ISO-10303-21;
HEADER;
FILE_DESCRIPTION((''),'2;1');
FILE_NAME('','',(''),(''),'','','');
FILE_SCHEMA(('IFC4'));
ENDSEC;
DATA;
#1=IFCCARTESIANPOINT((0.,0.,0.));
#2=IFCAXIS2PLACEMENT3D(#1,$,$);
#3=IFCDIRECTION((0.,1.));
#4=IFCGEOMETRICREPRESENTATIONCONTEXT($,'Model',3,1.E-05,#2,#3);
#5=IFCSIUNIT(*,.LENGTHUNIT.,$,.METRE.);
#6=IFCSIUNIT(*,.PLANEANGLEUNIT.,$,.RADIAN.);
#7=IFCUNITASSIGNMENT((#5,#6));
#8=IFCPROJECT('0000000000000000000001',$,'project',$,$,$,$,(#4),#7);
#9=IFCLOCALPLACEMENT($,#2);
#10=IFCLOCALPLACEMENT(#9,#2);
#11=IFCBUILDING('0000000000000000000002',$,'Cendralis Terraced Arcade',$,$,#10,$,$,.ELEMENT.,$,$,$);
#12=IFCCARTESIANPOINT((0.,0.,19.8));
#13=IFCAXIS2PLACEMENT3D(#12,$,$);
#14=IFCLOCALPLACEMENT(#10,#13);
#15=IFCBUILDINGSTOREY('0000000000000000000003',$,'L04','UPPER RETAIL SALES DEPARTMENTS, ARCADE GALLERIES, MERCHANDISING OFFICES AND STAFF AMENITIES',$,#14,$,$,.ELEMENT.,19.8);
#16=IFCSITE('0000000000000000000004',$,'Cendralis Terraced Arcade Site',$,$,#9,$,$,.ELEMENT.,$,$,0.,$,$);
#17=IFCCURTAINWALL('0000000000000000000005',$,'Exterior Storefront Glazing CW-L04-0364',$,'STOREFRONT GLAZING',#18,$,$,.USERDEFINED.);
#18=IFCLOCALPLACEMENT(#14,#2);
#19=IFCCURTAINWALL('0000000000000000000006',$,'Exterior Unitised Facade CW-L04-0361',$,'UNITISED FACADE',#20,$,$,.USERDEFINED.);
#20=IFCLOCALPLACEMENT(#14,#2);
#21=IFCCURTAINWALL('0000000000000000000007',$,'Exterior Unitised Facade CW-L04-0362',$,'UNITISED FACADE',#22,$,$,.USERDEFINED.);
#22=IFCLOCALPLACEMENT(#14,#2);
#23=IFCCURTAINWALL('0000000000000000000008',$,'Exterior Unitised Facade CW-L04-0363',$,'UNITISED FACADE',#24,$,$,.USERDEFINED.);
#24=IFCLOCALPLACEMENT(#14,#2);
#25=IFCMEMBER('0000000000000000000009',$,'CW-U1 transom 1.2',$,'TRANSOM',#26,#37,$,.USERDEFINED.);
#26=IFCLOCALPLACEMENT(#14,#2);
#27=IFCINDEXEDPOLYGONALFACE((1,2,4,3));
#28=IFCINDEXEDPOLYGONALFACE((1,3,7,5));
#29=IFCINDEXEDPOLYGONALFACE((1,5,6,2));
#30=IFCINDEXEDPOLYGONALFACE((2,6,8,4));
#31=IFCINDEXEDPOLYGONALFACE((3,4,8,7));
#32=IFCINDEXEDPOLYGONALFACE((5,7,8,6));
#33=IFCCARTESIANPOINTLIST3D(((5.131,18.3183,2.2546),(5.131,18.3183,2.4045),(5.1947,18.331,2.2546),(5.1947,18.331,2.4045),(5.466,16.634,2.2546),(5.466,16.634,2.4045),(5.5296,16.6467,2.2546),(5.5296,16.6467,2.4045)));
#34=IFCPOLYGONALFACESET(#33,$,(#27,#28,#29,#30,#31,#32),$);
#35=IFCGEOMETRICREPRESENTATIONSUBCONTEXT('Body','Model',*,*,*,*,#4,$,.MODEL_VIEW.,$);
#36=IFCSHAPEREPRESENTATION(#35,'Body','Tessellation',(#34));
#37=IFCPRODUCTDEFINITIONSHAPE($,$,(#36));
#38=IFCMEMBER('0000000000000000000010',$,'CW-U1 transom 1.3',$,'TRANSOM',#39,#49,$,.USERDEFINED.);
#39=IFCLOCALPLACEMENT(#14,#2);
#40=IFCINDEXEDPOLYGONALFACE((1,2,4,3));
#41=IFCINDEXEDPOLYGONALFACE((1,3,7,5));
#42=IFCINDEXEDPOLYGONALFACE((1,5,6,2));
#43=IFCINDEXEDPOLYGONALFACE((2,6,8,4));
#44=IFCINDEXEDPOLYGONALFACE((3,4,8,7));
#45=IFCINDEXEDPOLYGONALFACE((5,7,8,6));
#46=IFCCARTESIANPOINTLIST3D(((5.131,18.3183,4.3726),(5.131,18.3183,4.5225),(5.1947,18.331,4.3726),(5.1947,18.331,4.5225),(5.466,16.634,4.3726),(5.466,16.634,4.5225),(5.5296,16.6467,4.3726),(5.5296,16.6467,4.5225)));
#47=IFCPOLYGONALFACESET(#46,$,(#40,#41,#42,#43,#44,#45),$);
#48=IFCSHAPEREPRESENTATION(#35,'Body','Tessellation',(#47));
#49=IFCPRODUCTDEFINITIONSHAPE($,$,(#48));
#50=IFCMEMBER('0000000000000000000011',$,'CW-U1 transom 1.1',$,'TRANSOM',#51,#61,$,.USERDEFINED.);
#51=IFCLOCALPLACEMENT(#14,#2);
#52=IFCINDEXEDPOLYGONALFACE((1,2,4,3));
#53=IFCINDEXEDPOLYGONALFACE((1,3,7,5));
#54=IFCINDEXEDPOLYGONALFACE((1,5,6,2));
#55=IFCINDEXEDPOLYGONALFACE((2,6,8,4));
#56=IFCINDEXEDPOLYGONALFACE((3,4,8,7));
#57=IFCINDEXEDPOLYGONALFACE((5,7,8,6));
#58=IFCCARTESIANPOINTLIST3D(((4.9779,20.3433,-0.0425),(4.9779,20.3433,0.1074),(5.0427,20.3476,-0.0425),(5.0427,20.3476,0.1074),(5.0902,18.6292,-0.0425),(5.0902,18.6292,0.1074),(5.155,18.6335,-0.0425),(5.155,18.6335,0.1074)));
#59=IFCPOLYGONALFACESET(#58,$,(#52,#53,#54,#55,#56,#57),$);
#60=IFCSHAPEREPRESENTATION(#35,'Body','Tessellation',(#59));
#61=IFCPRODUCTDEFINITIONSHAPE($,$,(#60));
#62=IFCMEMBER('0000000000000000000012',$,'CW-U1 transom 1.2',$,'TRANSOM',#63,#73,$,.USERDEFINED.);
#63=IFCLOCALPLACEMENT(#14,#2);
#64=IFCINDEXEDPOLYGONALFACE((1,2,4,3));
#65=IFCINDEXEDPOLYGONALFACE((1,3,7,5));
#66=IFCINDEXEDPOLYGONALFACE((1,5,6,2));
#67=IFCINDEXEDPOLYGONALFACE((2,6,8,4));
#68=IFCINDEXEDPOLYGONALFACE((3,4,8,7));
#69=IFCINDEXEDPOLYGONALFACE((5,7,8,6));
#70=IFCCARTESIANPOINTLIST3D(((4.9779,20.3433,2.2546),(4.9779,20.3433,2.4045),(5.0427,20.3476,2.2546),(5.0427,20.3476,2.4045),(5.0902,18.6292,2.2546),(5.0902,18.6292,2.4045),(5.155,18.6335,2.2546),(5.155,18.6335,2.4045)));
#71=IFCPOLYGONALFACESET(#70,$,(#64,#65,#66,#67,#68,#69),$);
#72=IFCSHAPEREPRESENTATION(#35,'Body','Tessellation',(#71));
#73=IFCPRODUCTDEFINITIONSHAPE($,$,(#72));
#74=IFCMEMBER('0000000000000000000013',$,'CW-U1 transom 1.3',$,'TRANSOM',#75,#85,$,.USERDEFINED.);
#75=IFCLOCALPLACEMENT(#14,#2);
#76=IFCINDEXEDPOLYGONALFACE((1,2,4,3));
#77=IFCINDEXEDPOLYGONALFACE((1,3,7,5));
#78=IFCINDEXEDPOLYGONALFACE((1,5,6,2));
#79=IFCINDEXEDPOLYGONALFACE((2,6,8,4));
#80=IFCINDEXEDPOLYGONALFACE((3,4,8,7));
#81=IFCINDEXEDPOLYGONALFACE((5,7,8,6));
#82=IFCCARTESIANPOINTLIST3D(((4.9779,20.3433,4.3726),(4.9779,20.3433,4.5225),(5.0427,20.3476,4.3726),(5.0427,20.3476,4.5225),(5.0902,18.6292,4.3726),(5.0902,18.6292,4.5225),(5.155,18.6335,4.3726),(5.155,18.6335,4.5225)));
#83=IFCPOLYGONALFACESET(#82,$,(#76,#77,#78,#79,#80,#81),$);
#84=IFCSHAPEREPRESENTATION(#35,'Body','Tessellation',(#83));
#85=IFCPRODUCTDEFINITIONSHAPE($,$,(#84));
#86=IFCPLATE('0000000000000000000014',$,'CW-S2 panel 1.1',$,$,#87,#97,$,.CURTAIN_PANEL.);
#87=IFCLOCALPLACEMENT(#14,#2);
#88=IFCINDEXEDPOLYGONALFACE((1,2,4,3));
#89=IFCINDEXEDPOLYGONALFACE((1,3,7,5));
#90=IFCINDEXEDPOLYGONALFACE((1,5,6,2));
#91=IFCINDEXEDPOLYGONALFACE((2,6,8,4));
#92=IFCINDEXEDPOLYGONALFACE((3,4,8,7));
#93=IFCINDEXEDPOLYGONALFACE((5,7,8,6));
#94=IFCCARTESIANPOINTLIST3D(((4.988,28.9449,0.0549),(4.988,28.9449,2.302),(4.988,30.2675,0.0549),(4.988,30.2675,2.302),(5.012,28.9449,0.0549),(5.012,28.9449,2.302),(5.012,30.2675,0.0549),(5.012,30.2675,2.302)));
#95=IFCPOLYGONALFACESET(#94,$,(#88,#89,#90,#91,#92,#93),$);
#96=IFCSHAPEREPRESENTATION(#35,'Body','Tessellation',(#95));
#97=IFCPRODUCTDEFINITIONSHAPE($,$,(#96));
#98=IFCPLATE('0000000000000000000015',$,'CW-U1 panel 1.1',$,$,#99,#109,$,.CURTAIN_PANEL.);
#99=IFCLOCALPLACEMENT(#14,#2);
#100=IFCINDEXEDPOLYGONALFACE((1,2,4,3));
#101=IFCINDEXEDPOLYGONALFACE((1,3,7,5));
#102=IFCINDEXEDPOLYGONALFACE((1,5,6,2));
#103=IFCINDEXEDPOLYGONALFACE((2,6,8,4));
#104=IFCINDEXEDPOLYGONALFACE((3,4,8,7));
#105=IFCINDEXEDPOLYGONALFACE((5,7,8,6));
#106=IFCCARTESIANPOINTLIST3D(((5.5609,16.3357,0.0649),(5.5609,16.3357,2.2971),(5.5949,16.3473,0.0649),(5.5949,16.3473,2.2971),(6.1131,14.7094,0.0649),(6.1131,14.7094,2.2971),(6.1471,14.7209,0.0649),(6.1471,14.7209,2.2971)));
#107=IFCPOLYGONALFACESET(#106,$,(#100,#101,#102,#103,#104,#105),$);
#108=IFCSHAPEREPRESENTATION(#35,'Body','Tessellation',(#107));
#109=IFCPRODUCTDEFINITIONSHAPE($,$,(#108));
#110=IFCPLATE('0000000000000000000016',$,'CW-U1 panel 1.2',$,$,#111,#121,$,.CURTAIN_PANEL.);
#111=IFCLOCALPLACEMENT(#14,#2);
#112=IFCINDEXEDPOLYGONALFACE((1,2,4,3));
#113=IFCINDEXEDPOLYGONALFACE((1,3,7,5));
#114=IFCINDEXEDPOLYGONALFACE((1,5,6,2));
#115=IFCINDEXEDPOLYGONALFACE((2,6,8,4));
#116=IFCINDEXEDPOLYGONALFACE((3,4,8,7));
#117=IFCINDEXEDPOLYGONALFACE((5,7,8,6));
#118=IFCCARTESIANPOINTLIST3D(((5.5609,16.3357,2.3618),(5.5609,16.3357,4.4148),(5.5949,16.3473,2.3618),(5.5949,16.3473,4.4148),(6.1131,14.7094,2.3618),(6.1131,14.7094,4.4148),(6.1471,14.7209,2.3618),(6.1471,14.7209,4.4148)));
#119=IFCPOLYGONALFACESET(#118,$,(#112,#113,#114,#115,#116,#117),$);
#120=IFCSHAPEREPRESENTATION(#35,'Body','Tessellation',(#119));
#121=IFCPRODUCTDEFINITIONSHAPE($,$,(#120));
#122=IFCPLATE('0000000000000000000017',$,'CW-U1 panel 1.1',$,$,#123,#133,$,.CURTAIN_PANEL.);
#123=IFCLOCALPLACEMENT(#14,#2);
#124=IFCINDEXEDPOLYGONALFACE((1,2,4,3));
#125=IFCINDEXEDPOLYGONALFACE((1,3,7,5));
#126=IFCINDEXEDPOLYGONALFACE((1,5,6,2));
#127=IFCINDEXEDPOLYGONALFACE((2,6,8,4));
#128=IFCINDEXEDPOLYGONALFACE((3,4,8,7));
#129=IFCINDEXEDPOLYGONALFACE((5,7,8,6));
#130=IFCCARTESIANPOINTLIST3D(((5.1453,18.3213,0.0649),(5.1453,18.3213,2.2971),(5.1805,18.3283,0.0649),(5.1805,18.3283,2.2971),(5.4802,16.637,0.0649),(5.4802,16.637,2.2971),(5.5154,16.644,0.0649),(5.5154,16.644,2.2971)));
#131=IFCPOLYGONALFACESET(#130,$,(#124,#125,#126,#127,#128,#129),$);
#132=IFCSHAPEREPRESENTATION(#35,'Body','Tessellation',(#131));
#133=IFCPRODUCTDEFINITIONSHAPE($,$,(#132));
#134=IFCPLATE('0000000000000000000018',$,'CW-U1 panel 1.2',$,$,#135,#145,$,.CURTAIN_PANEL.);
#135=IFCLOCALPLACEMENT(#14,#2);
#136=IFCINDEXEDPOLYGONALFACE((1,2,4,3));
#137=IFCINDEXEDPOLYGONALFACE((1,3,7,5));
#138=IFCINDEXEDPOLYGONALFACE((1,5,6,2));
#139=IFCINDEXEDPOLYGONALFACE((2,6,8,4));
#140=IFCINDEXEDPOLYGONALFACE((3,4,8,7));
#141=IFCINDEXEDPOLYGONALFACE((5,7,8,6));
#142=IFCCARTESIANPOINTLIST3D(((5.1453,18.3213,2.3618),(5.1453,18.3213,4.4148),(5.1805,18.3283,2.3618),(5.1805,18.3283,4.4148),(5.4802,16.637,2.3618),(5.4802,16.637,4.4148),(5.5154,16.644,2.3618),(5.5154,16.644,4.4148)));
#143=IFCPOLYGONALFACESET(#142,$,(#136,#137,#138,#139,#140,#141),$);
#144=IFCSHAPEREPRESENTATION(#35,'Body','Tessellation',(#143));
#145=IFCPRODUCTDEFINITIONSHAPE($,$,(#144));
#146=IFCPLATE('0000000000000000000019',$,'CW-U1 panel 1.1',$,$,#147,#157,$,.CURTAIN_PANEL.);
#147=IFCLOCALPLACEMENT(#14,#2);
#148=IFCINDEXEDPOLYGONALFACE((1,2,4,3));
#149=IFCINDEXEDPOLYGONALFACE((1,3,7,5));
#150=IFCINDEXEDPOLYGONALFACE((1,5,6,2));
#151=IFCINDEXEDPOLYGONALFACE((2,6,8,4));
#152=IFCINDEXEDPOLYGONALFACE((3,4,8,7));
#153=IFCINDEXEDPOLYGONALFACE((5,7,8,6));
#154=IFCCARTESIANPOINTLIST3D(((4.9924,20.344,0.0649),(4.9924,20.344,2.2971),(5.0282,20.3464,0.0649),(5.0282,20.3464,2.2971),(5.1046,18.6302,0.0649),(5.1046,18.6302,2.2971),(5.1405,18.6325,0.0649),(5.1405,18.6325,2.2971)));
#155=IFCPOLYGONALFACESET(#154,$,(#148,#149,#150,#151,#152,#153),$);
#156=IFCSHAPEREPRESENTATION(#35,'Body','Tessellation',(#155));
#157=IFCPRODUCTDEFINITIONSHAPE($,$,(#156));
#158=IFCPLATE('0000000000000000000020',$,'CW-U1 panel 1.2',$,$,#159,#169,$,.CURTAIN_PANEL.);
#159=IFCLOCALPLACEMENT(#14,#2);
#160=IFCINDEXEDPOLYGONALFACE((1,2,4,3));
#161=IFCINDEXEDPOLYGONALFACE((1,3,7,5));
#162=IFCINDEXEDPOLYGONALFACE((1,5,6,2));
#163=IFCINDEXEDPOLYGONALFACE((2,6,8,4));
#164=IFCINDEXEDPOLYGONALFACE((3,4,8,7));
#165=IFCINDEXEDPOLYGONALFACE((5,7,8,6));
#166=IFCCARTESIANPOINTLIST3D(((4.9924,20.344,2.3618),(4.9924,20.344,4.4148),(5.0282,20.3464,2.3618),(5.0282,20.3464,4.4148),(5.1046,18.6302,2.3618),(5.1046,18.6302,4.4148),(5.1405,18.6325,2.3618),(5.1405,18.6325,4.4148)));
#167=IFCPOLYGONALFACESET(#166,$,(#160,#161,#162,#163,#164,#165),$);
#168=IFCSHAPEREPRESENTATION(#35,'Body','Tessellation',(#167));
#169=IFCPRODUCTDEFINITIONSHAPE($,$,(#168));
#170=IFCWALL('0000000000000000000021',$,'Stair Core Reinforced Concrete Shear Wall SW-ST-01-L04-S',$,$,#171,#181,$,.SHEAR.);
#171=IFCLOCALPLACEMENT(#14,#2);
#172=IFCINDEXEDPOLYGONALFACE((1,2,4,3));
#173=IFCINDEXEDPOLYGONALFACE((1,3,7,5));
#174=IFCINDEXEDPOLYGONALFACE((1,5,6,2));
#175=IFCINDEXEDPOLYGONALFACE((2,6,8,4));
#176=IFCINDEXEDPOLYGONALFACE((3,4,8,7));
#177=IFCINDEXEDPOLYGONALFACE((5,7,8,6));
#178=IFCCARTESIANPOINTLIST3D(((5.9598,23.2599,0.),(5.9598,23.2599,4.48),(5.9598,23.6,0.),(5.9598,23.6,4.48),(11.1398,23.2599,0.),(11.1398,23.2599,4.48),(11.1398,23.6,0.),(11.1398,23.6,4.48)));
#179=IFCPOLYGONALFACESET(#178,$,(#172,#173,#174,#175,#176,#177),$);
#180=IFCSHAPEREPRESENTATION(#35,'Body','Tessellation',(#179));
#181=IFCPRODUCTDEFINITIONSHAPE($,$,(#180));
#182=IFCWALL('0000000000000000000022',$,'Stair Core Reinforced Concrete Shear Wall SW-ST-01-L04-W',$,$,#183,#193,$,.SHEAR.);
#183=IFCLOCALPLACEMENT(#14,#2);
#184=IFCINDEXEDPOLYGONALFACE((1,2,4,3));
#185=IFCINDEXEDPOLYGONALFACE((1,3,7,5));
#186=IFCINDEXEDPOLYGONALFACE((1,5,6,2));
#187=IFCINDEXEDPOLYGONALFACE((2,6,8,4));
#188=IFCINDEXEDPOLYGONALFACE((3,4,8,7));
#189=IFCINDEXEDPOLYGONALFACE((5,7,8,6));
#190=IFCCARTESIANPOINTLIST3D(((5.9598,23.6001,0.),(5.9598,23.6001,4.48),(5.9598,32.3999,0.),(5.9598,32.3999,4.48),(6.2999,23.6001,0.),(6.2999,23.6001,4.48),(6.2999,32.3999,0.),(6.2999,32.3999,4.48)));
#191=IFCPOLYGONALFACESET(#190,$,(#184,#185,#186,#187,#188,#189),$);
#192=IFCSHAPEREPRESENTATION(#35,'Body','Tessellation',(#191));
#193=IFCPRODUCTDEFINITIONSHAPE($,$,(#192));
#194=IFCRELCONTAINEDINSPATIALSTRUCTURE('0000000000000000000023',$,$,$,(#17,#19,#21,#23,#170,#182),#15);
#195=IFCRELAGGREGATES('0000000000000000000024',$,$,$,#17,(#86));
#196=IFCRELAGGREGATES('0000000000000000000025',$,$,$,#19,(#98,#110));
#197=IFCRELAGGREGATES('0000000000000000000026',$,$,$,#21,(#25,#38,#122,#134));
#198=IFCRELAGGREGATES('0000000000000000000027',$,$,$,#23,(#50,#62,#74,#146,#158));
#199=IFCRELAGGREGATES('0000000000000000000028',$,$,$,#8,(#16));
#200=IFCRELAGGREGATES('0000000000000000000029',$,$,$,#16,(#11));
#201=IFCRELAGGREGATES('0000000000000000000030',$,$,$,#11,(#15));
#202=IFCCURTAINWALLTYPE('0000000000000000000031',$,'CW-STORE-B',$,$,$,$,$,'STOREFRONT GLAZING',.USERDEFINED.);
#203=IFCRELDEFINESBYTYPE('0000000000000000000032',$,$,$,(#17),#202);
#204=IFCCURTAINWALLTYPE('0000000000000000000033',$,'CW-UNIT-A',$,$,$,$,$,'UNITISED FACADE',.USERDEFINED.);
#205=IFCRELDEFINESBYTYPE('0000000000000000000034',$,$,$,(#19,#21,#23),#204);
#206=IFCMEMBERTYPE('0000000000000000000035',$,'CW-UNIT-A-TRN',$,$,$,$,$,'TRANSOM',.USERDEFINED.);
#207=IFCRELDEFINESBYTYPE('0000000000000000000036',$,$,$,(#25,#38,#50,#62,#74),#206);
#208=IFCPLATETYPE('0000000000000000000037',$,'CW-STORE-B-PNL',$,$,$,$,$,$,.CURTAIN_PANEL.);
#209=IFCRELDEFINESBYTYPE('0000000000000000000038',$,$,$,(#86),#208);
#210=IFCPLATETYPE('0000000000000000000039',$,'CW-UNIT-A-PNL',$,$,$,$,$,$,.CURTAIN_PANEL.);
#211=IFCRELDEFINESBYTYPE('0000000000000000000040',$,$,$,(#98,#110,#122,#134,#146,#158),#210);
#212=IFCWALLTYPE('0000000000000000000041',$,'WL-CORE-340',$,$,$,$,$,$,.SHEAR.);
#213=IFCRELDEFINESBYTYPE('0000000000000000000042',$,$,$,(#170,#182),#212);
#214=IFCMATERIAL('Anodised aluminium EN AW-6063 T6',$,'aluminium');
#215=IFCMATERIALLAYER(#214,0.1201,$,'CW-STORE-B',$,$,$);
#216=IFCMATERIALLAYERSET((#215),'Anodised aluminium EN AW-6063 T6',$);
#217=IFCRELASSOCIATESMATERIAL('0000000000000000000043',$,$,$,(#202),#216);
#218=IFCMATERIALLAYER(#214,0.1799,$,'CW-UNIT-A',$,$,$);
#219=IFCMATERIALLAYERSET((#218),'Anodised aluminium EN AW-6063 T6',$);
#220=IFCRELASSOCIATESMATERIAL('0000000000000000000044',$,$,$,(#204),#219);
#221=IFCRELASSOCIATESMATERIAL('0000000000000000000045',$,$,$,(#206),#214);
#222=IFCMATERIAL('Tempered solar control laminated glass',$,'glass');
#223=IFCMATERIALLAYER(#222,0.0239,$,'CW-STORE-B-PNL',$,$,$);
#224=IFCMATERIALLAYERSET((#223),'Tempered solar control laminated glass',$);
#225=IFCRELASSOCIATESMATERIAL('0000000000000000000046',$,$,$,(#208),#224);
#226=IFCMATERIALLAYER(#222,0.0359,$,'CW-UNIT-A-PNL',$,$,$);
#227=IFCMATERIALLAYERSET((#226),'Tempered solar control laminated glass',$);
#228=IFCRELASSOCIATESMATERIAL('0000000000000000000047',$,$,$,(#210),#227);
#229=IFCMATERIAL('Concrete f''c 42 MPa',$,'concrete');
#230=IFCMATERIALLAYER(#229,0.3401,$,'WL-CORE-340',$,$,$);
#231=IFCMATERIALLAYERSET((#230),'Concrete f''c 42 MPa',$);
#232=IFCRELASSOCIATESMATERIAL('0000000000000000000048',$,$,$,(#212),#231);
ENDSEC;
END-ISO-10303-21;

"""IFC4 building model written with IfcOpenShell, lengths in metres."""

from ifc_helpers import new_model, si_unit, direction, frame, frame_2d, origin, origin_2d, place, context, subcontext, project, spatial, rectangle, extrude, material, layer, layer_set, material_profile, profile_set, type_object, element, aggregate, save


model = new_model("IFC4")

# Units and contexts
model_context = context("Model", 3, precision=1e-05, world=origin(), true_north=direction((0.0, 1.0)))
body_context = subcontext(model_context, "Body", "Model", "MODEL_VIEW")
ifc_project = project(units=[si_unit("LENGTHUNIT", "METRE"), si_unit("PLANEANGLEUNIT", "RADIAN")], contexts=[model_context])

# Site, building, storey
site_placement = place(None, origin())
site = spatial("IfcSite", under=ifc_project, at=site_placement, Name="Cendralis Terraced Arcade Site", CompositionType="ELEMENT", RefElevation=0.0)
building_placement = place(site_placement, origin())
building = spatial("IfcBuilding", under=site, at=building_placement, Name="Cendralis Terraced Arcade", CompositionType="ELEMENT")
storey_placement = place(building_placement, frame((0.0, 0.0, 19.8)))
storey = spatial("IfcBuildingStorey", under=building, at=storey_placement, Name="L04", Description="UPPER RETAIL SALES DEPARTMENTS, ARCADE GALLERIES, MERCHANDISING OFFICES AND STAFF AMENITIES", CompositionType="ELEMENT", Elevation=19.8)

# Curtain walls
ifc_material_1 = material(Name="Anodised aluminium EN AW-6063 T6", Category="aluminium")
ifc_layer_1 = layer(ifc_material_1, 0.1201, Name="CW-STORE-B")
ifc_layer_set_1 = layer_set([ifc_layer_1], Name="Anodised aluminium EN AW-6063 T6")
curtain_wall_type_1 = type_object("IfcCurtainWallType", Name="CW-STORE-B", ElementType="STOREFRONT GLAZING", PredefinedType="USERDEFINED", material=ifc_layer_set_1)
curtain_wall_1_placement = place(storey_placement, origin())
curtain_wall_1 = element("IfcCurtainWall", 1, at=curtain_wall_1_placement, inside=storey, type_object=curtain_wall_type_1, Name="Exterior Storefront Glazing CW-L04-0364", ObjectType="STOREFRONT GLAZING", PredefinedType="USERDEFINED")
ifc_layer_2 = layer(ifc_material_1, 0.1799, Name="CW-UNIT-A")
ifc_layer_set_2 = layer_set([ifc_layer_2], Name="Anodised aluminium EN AW-6063 T6")
curtain_wall_type_2 = type_object("IfcCurtainWallType", Name="CW-UNIT-A", ElementType="UNITISED FACADE", PredefinedType="USERDEFINED", material=ifc_layer_set_2)
curtain_wall_2_placement = place(storey_placement, origin())
curtain_wall_2 = element("IfcCurtainWall", 2, at=curtain_wall_2_placement, inside=storey, type_object=curtain_wall_type_2, Name="Exterior Unitised Facade CW-L04-0361", ObjectType="UNITISED FACADE", PredefinedType="USERDEFINED")
curtain_wall_3_placement = place(storey_placement, origin())
curtain_wall_3 = element("IfcCurtainWall", 3, at=curtain_wall_3_placement, inside=storey, type_object=curtain_wall_type_2, Name="Exterior Unitised Facade CW-L04-0362", ObjectType="UNITISED FACADE", PredefinedType="USERDEFINED")
curtain_wall_4_placement = place(storey_placement, origin())
curtain_wall_4 = element("IfcCurtainWall", 4, at=curtain_wall_4_placement, inside=storey, type_object=curtain_wall_type_2, Name="Exterior Unitised Facade CW-L04-0363", ObjectType="UNITISED FACADE", PredefinedType="USERDEFINED")

# Members
ifc_material_profile_1 = material_profile(ifc_material_1, rectangle(XDim=0.0649, YDim=0.1499, at=origin_2d()), Name="ALU-TRN-65x150")
ifc_profile_set_1 = profile_set([ifc_material_profile_1], Name="Anodised aluminium EN AW-6063 T6")
member_type_1 = type_object("IfcMemberType", Name="CW-UNIT-A-TRN", ElementType="TRANSOM", PredefinedType="USERDEFINED", material=ifc_profile_set_1)
member_1_placement = place(storey_placement, frame((5.4978, 16.6404, 2.3296), z_axis=(-0.19505, 0.980793, 0.0), x_axis=(-0.980793, -0.19505, 0.0)))
member_1 = element("IfcMember", 5, at=member_1_placement, type_object=member_type_1, Name="CW-U1 transom 1.2", ObjectType="TRANSOM", PredefinedType="USERDEFINED", context=body_context, shape_type="SweptSolid", body=[
    extrude(rectangle(XDim=0.0649, YDim=0.1499, at=origin_2d()), origin(), (0.0, 0.0, 1.0), 1.7173),
])
member_2_placement = place(storey_placement, frame((5.4978, 16.6404, 4.4475), z_axis=(-0.19505, 0.980793, 0.0), x_axis=(-0.980793, -0.19505, 0.0)))
member_2 = element("IfcMember", 6, at=member_2_placement, type_object=member_type_1, Name="CW-U1 transom 1.3", ObjectType="TRANSOM", PredefinedType="USERDEFINED", context=body_context, shape_type="SweptSolid", body=[
    extrude(rectangle(XDim=0.0649, YDim=0.1499, at=origin_2d()), origin(), (0.0, 0.0, 1.0), 1.7173),
])
member_3_placement = place(storey_placement, frame((5.1226, 18.6313, 0.0325), z_axis=(-0.065378, 0.997861, 0.0), x_axis=(-0.997861, -0.065378, 0.0)))
member_3 = element("IfcMember", 7, at=member_3_placement, type_object=member_type_1, Name="CW-U1 transom 1.1", ObjectType="TRANSOM", PredefinedType="USERDEFINED", context=body_context, shape_type="SweptSolid", body=[
    extrude(rectangle(XDim=0.0649, YDim=0.1499, at=origin_2d()), origin(), (0.0, 0.0, 1.0), 1.7178),
])
member_4_placement = place(storey_placement, frame((5.1226, 18.6313, 2.3296), z_axis=(-0.065378, 0.997861, 0.0), x_axis=(-0.997861, -0.065378, 0.0)))
member_4 = element("IfcMember", 8, at=member_4_placement, type_object=member_type_1, Name="CW-U1 transom 1.2", ObjectType="TRANSOM", PredefinedType="USERDEFINED", context=body_context, shape_type="SweptSolid", body=[
    extrude(rectangle(XDim=0.0649, YDim=0.1499, at=origin_2d()), origin(), (0.0, 0.0, 1.0), 1.7178),
])
member_5_placement = place(storey_placement, frame((5.1226, 18.6313, 4.4475), z_axis=(-0.065378, 0.997861, 0.0), x_axis=(-0.997861, -0.065378, 0.0)))
member_5 = element("IfcMember", 9, at=member_5_placement, type_object=member_type_1, Name="CW-U1 transom 1.3", ObjectType="TRANSOM", PredefinedType="USERDEFINED", context=body_context, shape_type="SweptSolid", body=[
    extrude(rectangle(XDim=0.0649, YDim=0.1499, at=origin_2d()), origin(), (0.0, 0.0, 1.0), 1.7178),
])

# Plates
ifc_material_2 = material(Name="Tempered solar control laminated glass", Category="glass")
ifc_layer_3 = layer(ifc_material_2, 0.0239, Name="CW-STORE-B-PNL")
ifc_layer_set_3 = layer_set([ifc_layer_3], Name="Tempered solar control laminated glass")
plate_type_1 = type_object("IfcPlateType", Name="CW-STORE-B-PNL", PredefinedType="CURTAIN_PANEL", material=ifc_layer_set_3)
plate_1_placement = place(storey_placement, frame((5.0, 29.6062, 0.0549), z_axis=(0.0, 0.0, 1.0), x_axis=(0.0, 1.0, 0.0)))
plate_1 = element("IfcPlate", 10, at=plate_1_placement, type_object=plate_type_1, Name="CW-S2 panel 1.1", PredefinedType="CURTAIN_PANEL", context=body_context, shape_type="SweptSolid", body=[
    extrude(rectangle(XDim=1.3225, YDim=0.0239, at=origin_2d()), origin(), (0.0, 0.0, 1.0), 2.2471),
])
aggregate(curtain_wall_1, [plate_1])
ifc_layer_4 = layer(ifc_material_2, 0.0359, Name="CW-UNIT-A-PNL")
ifc_layer_set_4 = layer_set([ifc_layer_4], Name="Tempered solar control laminated glass")
plate_type_2 = type_object("IfcPlateType", Name="CW-UNIT-A-PNL", PredefinedType="CURTAIN_PANEL", material=ifc_layer_set_4)
plate_2_placement = place(storey_placement, frame((5.854, 15.5283, 0.0649), z_axis=(0.0, 0.0, 1.0), x_axis=(-0.3215, 0.94691, 0.0)))
plate_2 = element("IfcPlate", 11, at=plate_2_placement, type_object=plate_type_2, Name="CW-U1 panel 1.1", PredefinedType="CURTAIN_PANEL", context=body_context, shape_type="SweptSolid", body=[
    extrude(rectangle(XDim=1.7175, YDim=0.0359, at=origin_2d()), origin(), (0.0, 0.0, 1.0), 2.2322),
])
plate_3_placement = place(storey_placement, frame((5.854, 15.5283, 2.3618), z_axis=(0.0, 0.0, 1.0), x_axis=(-0.3215, 0.94691, 0.0)))
plate_3 = element("IfcPlate", 12, at=plate_3_placement, type_object=plate_type_2, Name="CW-U1 panel 1.2", PredefinedType="CURTAIN_PANEL", context=body_context, shape_type="SweptSolid", body=[
    extrude(rectangle(XDim=1.7175, YDim=0.0359, at=origin_2d()), origin(), (0.0, 0.0, 1.0), 2.053),
])
aggregate(curtain_wall_2, [plate_2, plate_3])
plate_4_placement = place(storey_placement, frame((5.3303, 17.4827, 0.0649), z_axis=(0.0, 0.0, 1.0), x_axis=(-0.195033, 0.980797, 0.0)))
plate_4 = element("IfcPlate", 13, at=plate_4_placement, type_object=plate_type_2, Name="CW-U1 panel 1.1", PredefinedType="CURTAIN_PANEL", context=body_context, shape_type="SweptSolid", body=[
    extrude(rectangle(XDim=1.7173, YDim=0.0359, at=origin_2d()), origin(), (0.0, 0.0, 1.0), 2.2322),
])
plate_5_placement = place(storey_placement, frame((5.3303, 17.4827, 2.3618), z_axis=(0.0, 0.0, 1.0), x_axis=(-0.195033, 0.980797, 0.0)))
plate_5 = element("IfcPlate", 14, at=plate_5_placement, type_object=plate_type_2, Name="CW-U1 panel 1.2", PredefinedType="CURTAIN_PANEL", context=body_context, shape_type="SweptSolid", body=[
    extrude(rectangle(XDim=1.7173, YDim=0.0359, at=origin_2d()), origin(), (0.0, 0.0, 1.0), 2.053),
])
aggregate(curtain_wall_3, [member_1, member_2, plate_4, plate_5])
plate_6_placement = place(storey_placement, frame((5.0664, 19.4883, 0.0649), z_axis=(0.0, 0.0, 1.0), x_axis=(-0.065384, 0.99786, 0.0)))
plate_6 = element("IfcPlate", 15, at=plate_6_placement, type_object=plate_type_2, Name="CW-U1 panel 1.1", PredefinedType="CURTAIN_PANEL", context=body_context, shape_type="SweptSolid", body=[
    extrude(rectangle(XDim=1.7175, YDim=0.0359, at=origin_2d()), origin(), (0.0, 0.0, 1.0), 2.2322),
])
plate_7_placement = place(storey_placement, frame((5.0664, 19.4883, 2.3618), z_axis=(0.0, 0.0, 1.0), x_axis=(-0.065384, 0.99786, 0.0)))
plate_7 = element("IfcPlate", 16, at=plate_7_placement, type_object=plate_type_2, Name="CW-U1 panel 1.2", PredefinedType="CURTAIN_PANEL", context=body_context, shape_type="SweptSolid", body=[
    extrude(rectangle(XDim=1.7175, YDim=0.0359, at=origin_2d()), origin(), (0.0, 0.0, 1.0), 2.053),
])
aggregate(curtain_wall_4, [member_3, member_4, member_5, plate_6, plate_7])

# Walls
ifc_material_3 = material(Name="Concrete f'c 42 MPa", Category="concrete")
ifc_layer_5 = layer(ifc_material_3, 0.3401, Name="WL-CORE-340")
ifc_layer_set_5 = layer_set([ifc_layer_5], Name="Concrete f'c 42 MPa")
wall_type_1 = type_object("IfcWallType", Name="WL-CORE-340", PredefinedType="SHEAR", material=ifc_layer_set_5)
wall_1_placement = place(storey_placement, frame((5.96, 23.4299, 0.0), z_axis=(0.0, 0.0, 1.0), x_axis=(1.0, 0.0, 0.0)))
element("IfcWall", 17, at=wall_1_placement, inside=storey, type_object=wall_type_1, Name="Stair Core Reinforced Concrete Shear Wall SW-ST-01-L04-S", PredefinedType="SHEAR", context=body_context, shape_type="SweptSolid", body=[
    extrude(rectangle(XDim=5.1799, YDim=0.3401, at=frame_2d((2.5898, 0.0))), origin(), (0.0, 0.0, 1.0), 4.48),
])
wall_2_placement = place(storey_placement, frame((6.1299, 23.6001, 0.0), z_axis=(0.0, 0.0, 1.0), x_axis=(0.0, 1.0, 0.0)))
element("IfcWall", 18, at=wall_2_placement, inside=storey, type_object=wall_type_1, Name="Stair Core Reinforced Concrete Shear Wall SW-ST-01-L04-W", PredefinedType="SHEAR", context=body_context, shape_type="SweptSolid", body=[
    extrude(rectangle(XDim=8.7998, YDim=0.3401, at=frame_2d((4.3999, 0.0))), origin(), (0.0, 0.0, 1.0), 4.48),
])

save(model, "model.ifc")
